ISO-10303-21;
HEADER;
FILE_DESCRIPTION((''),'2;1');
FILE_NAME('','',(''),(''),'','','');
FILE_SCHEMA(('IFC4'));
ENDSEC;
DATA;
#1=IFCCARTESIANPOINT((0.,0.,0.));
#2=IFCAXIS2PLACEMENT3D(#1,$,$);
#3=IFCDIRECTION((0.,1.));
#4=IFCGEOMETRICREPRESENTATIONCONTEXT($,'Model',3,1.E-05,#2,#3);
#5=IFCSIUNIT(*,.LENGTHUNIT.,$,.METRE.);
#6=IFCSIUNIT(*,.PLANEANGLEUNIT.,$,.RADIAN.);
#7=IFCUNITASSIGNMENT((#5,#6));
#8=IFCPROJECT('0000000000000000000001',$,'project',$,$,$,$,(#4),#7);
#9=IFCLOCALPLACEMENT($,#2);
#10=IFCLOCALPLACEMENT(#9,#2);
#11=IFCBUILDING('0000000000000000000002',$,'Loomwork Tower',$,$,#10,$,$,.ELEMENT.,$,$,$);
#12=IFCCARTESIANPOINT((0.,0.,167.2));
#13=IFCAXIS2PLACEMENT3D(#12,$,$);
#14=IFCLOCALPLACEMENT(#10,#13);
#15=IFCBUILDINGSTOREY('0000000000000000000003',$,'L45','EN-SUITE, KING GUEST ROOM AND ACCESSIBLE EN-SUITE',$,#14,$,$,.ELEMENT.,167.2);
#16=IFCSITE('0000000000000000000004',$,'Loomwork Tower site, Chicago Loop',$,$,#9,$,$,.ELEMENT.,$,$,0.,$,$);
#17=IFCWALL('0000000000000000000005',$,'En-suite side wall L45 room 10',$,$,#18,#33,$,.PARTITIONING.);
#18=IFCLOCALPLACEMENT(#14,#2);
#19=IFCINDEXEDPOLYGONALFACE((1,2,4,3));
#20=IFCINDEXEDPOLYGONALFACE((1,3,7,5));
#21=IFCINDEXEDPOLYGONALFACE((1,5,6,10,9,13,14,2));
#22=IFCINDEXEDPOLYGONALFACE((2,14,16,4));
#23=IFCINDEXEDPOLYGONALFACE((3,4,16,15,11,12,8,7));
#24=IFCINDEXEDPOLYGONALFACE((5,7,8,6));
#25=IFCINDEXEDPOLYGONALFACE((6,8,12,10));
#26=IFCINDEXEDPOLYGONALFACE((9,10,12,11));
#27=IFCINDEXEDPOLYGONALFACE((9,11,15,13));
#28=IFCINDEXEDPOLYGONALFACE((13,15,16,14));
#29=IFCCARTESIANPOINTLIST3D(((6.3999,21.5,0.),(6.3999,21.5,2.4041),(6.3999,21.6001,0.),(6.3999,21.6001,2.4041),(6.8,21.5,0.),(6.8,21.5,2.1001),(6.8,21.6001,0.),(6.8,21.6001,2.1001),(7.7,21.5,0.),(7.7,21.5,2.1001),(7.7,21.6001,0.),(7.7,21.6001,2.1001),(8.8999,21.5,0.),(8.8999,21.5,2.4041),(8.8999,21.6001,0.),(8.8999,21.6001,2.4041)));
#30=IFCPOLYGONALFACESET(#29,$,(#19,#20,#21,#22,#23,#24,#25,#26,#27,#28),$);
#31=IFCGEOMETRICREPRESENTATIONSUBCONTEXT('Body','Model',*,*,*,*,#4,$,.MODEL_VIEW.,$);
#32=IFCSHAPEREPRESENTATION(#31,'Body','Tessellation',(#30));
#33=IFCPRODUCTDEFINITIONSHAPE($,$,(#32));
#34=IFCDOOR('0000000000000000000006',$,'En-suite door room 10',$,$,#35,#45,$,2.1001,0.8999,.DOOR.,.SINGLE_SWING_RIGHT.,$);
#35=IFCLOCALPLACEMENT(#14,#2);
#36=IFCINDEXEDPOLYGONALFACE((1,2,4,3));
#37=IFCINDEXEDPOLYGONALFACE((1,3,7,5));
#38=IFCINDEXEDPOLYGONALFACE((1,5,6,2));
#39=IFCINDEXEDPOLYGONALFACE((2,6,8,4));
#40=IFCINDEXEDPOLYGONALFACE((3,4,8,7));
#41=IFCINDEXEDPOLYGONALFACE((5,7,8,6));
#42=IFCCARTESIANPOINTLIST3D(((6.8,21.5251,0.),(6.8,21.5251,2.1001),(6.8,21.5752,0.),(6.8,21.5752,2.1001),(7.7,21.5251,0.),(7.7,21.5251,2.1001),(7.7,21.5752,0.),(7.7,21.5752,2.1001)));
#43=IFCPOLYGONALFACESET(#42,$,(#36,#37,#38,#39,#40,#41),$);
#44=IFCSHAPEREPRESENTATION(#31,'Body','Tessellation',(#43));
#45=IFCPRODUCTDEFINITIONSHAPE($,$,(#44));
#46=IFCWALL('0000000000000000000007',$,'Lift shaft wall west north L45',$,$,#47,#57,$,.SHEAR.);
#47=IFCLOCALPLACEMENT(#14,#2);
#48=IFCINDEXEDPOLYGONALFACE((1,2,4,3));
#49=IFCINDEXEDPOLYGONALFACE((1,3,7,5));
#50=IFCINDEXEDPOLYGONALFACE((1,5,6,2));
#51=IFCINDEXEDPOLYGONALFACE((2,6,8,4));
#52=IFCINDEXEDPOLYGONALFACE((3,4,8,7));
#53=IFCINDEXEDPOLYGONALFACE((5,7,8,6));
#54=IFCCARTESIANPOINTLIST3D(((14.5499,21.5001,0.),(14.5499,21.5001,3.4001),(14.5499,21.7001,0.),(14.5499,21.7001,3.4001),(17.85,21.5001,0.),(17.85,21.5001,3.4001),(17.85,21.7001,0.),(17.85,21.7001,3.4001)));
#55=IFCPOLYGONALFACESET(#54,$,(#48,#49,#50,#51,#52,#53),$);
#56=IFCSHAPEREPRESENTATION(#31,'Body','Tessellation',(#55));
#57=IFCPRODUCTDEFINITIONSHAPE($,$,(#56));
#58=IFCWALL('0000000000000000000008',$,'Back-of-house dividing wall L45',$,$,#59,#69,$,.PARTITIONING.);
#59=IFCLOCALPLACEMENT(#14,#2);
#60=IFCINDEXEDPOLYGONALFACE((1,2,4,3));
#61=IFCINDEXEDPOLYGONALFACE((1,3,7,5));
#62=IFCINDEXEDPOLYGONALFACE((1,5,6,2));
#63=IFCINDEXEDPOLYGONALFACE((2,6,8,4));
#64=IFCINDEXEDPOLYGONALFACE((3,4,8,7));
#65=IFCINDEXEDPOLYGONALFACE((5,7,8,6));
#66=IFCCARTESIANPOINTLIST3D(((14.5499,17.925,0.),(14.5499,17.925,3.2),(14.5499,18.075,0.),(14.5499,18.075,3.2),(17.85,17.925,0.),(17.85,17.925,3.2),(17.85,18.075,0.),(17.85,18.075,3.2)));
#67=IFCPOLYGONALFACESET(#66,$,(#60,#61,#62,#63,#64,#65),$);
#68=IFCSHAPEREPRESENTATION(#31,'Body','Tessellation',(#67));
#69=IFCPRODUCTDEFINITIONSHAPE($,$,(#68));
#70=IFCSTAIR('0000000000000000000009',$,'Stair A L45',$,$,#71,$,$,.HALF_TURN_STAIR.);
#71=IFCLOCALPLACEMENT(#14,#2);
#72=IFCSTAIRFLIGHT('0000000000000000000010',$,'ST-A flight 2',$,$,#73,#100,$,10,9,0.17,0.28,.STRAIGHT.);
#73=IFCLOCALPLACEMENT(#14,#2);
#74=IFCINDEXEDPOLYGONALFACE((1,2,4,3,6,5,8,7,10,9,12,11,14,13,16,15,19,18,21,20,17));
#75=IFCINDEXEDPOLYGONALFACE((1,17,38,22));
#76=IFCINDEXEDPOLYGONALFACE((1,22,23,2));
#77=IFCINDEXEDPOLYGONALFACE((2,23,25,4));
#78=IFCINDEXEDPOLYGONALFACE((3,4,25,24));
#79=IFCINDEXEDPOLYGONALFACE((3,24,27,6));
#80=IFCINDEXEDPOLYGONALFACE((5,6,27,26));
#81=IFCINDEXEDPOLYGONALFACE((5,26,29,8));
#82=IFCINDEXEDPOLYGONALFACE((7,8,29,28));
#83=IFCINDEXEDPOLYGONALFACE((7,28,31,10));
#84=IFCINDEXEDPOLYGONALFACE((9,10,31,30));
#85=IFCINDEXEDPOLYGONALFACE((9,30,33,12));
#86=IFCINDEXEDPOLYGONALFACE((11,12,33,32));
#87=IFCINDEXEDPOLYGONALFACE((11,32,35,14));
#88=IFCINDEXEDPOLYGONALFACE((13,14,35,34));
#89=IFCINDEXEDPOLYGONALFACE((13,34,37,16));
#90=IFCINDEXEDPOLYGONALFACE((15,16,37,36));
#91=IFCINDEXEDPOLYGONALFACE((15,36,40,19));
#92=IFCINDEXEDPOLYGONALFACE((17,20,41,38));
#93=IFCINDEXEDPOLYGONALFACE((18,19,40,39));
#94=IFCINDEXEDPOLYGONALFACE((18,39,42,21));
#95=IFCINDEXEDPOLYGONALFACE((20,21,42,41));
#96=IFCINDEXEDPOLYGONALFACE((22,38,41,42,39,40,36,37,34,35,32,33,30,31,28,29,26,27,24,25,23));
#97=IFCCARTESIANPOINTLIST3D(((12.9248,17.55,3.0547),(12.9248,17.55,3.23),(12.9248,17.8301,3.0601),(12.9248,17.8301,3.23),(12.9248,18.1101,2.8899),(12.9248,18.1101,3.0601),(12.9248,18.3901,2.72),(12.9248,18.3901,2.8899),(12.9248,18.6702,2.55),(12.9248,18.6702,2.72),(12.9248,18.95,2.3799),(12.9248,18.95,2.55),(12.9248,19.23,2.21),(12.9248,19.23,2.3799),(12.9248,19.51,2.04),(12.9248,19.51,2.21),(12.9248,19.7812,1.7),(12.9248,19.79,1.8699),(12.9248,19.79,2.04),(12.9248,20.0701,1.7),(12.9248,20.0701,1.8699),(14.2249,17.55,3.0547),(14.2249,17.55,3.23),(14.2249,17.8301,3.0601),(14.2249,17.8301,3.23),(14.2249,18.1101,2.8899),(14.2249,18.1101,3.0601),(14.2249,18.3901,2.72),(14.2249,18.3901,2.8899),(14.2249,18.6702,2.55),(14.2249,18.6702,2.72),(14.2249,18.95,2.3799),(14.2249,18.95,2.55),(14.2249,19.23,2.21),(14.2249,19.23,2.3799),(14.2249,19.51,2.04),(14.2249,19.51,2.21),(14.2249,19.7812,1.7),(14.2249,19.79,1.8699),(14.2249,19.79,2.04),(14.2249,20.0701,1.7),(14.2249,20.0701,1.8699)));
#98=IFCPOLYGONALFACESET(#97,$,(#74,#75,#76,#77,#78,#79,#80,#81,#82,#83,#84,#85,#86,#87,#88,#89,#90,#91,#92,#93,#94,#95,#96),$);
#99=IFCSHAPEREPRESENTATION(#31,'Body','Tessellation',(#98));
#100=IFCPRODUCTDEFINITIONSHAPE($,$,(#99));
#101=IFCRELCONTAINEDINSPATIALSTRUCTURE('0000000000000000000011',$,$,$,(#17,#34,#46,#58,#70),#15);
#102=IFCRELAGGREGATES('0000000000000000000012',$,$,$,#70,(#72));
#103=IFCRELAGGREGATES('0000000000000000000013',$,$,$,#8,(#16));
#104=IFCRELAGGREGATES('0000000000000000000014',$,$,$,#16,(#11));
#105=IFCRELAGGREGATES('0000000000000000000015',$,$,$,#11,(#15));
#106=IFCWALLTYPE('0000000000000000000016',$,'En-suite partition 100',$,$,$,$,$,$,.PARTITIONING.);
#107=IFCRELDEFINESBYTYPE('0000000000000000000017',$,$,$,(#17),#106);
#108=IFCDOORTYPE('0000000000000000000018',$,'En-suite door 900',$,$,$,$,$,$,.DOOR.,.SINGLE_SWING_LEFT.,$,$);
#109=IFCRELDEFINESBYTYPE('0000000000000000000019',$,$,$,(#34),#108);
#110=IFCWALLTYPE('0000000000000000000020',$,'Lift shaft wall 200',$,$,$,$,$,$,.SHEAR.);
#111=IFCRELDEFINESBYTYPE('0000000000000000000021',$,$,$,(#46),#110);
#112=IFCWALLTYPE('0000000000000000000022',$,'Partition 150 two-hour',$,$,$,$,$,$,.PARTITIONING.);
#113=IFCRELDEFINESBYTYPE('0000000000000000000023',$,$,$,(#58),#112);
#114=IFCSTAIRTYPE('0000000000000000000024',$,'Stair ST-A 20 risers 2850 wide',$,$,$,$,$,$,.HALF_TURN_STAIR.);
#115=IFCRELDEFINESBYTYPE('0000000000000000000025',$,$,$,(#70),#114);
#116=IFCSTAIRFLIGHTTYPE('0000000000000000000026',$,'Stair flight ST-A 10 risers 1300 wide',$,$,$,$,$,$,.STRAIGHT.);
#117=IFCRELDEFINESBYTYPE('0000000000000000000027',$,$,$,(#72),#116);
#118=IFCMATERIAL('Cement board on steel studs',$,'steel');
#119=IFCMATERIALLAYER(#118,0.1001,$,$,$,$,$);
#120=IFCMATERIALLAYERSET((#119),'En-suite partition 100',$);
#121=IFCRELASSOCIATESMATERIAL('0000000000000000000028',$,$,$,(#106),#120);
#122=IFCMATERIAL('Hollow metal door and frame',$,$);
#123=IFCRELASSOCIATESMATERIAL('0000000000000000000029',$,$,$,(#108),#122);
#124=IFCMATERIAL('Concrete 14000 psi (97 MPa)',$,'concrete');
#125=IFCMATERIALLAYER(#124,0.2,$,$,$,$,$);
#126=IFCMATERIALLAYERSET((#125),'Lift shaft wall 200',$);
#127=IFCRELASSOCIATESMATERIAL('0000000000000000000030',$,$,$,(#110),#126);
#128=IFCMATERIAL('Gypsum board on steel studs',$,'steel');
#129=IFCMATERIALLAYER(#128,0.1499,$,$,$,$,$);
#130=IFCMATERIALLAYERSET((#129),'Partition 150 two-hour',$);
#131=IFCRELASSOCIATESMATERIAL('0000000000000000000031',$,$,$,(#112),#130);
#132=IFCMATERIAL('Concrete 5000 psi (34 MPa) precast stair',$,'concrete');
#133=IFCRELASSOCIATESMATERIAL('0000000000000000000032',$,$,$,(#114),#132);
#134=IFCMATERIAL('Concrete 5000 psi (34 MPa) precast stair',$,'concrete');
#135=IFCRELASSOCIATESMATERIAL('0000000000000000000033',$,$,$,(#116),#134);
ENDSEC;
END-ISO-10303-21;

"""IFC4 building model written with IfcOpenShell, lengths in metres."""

from ifc_helpers import new_model, si_unit, direction, frame, frame_2d, origin, place, context, subcontext, project, spatial, polyline, rectangle, outline, extrude, material, layer, layer_set, type_object, element, fill, aggregate, save


model = new_model("IFC4")

# Units and contexts
model_context = context("Model", 3, precision=1e-05, world=origin(), true_north=direction((0.0, 1.0)))
body_context = subcontext(model_context, "Body", "Model", "MODEL_VIEW")
ifc_project = project(units=[si_unit("LENGTHUNIT", "METRE"), si_unit("PLANEANGLEUNIT", "RADIAN")], contexts=[model_context])

# Site, building, storey
site_placement = place(None, origin())
site = spatial("IfcSite", under=ifc_project, at=site_placement, Name="Loomwork Tower site, Chicago Loop", CompositionType="ELEMENT", RefElevation=0.0)
building_placement = place(site_placement, origin())
building = spatial("IfcBuilding", under=site, at=building_placement, Name="Loomwork Tower", CompositionType="ELEMENT")
storey_placement = place(building_placement, frame((0.0, 0.0, 167.2)))
storey = spatial("IfcBuildingStorey", under=building, at=storey_placement, Name="L45", Description="EN-SUITE, KING GUEST ROOM AND ACCESSIBLE EN-SUITE", CompositionType="ELEMENT", Elevation=167.2)

# Wall, opening, door
ifc_material_1 = material(Name="Cement board on steel studs", Category="steel")
ifc_layer_1 = layer(ifc_material_1, 0.1001)
ifc_layer_set_1 = layer_set([ifc_layer_1], Name="En-suite partition 100")
wall_type_1 = type_object("IfcWallType", Name="En-suite partition 100", PredefinedType="PARTITIONING", material=ifc_layer_set_1)
wall_1_placement = place(storey_placement, frame((8.8999, 21.55, 0.0), z_axis=(0.0, 0.0, 1.0), x_axis=(-1.0, 0.0, 0.0)))
wall_1 = element("IfcWall", 1, at=wall_1_placement, inside=storey, type_object=wall_type_1, Name="En-suite side wall L45 room 10", PredefinedType="PARTITIONING", context=body_context, shape_type="SweptSolid", body=[
    extrude(rectangle(XDim=2.5, YDim=0.1001, at=frame_2d((1.25, 0.0))), origin(), (0.0, 0.0, 1.0), 2.4041),
])
opening_1_placement = place(wall_1_placement, frame((1.2, 0.0, 0.0)))
opening_1 = element("IfcOpeningElement", 2, at=opening_1_placement, cuts=wall_1, PredefinedType="OPENING", context=body_context, shape_type="SweptSolid", body=[
    extrude(rectangle(XDim=0.8999, YDim=2.1001, at=frame_2d((0.45, 1.05))), frame((0.0, 0.0601, 0.0), z_axis=(0.0, -1.0, 0.0), x_axis=(1.0, 0.0, 0.0)), (0.0, 0.0, 1.0), 0.1201),
])
ifc_material_2 = material(Name="Hollow metal door and frame")
door_type_1 = type_object("IfcDoorType", Name="En-suite door 900", OperationType="SINGLE_SWING_LEFT", PredefinedType="DOOR", material=ifc_material_2)
door_1_placement = place(opening_1_placement, origin())
door_1 = element("IfcDoor", 3, at=door_1_placement, inside=storey, type_object=door_type_1, Name="En-suite door room 10", OperationType="SINGLE_SWING_RIGHT", OverallHeight=2.1001, OverallWidth=0.8999, PredefinedType="DOOR", context=body_context, shape_type="SweptSolid", body=[
    extrude(rectangle(XDim=0.8999, YDim=2.1001, at=frame_2d((0.45, 1.05))), frame((0.0, 0.0249, 0.0), z_axis=(0.0, -1.0, 0.0), x_axis=(1.0, 0.0, 0.0)), (0.0, 0.0, 1.0), 0.05),
])
fill(opening_1, door_1)

# Walls
ifc_material_3 = material(Name="Concrete 14000 psi (97 MPa)", Category="concrete")
ifc_layer_2 = layer(ifc_material_3, 0.2)
ifc_layer_set_2 = layer_set([ifc_layer_2], Name="Lift shaft wall 200")
wall_type_2 = type_object("IfcWallType", Name="Lift shaft wall 200", PredefinedType="SHEAR", material=ifc_layer_set_2)
wall_2_placement = place(storey_placement, frame((14.55, 21.6001, 0.0), z_axis=(0.0, 0.0, 1.0), x_axis=(1.0, 0.0, 0.0)))
element("IfcWall", 4, at=wall_2_placement, inside=storey, type_object=wall_type_2, Name="Lift shaft wall west north L45", PredefinedType="SHEAR", context=body_context, shape_type="SweptSolid", body=[
    extrude(rectangle(XDim=3.3, YDim=0.2, at=frame_2d((1.6499, 0.0))), origin(), (0.0, 0.0, 1.0), 3.4001),
])
ifc_material_4 = material(Name="Gypsum board on steel studs", Category="steel")
ifc_layer_3 = layer(ifc_material_4, 0.1499)
ifc_layer_set_3 = layer_set([ifc_layer_3], Name="Partition 150 two-hour")
wall_type_3 = type_object("IfcWallType", Name="Partition 150 two-hour", PredefinedType="PARTITIONING", material=ifc_layer_set_3)
wall_3_placement = place(storey_placement, frame((14.55, 18.0, 0.0), z_axis=(0.0, 0.0, 1.0), x_axis=(1.0, 0.0, 0.0)))
element("IfcWall", 5, at=wall_3_placement, inside=storey, type_object=wall_type_3, Name="Back-of-house dividing wall L45", PredefinedType="PARTITIONING", context=body_context, shape_type="SweptSolid", body=[
    extrude(rectangle(XDim=3.3, YDim=0.1499, at=frame_2d((1.6499, 0.0))), origin(), (0.0, 0.0, 1.0), 3.2),
])

# Stair, stair flight
ifc_material_5 = material(Name="Concrete 5000 psi (34 MPa) precast stair", Category="concrete")
stair_type = type_object("IfcStairType", Name="Stair ST-A 20 risers 2850 wide", PredefinedType="HALF_TURN_STAIR", material=ifc_material_5)
stair_placement = place(storey_placement, origin())
stair = element("IfcStair", 6, at=stair_placement, inside=storey, type_object=stair_type, Name="Stair A L45", PredefinedType="HALF_TURN_STAIR")
ifc_material_6 = material(Name="Concrete 5000 psi (34 MPa) precast stair", Category="concrete")
stair_flight_type = type_object("IfcStairFlightType", Name="Stair flight ST-A 10 risers 1300 wide", PredefinedType="STRAIGHT", material=ifc_material_6)
stair_flight_placement = place(storey_placement, frame((13.575, 20.0701, 1.7), z_axis=(0.0, 0.0, 1.0), x_axis=(0.0, -1.0, 0.0)))
stair_flight = element("IfcStairFlight", 7, at=stair_flight_placement, type_object=stair_flight_type, Name="ST-A flight 2", NumberOfRisers=10, NumberOfTreads=9, PredefinedType="STRAIGHT", RiserHeight=0.17, TreadLength=0.28, context=body_context, shape_type="SweptSolid", body=[
    extrude(outline(polyline([(0.0, 0.0), (0.0, 0.1699), (0.28, 0.1699), (0.28, 0.3401), (0.5601, 0.3401), (0.5601, 0.51), (0.8401, 0.51), (0.8401, 0.6799), (1.1201, 0.6799), (1.1201, 0.8501), (1.3999, 0.8501), (1.3999, 1.02), (1.6799, 1.02), (1.6799, 1.1899), (1.96, 1.1899), (1.96, 1.3601), (2.24, 1.3601), (2.24, 1.53), (2.52, 1.53), (2.52, 1.7), (2.52, 1.3547), (0.2888, 0.0), (0.0, 0.0)])), frame((0.0, 0.6499, 0.0), z_axis=(0.0, -1.0, 0.0), x_axis=(1.0, 0.0, 0.0)), (0.0, 0.0, 1.0), 1.3),
])
aggregate(stair, [stair_flight])

save(model, "model.ifc")
